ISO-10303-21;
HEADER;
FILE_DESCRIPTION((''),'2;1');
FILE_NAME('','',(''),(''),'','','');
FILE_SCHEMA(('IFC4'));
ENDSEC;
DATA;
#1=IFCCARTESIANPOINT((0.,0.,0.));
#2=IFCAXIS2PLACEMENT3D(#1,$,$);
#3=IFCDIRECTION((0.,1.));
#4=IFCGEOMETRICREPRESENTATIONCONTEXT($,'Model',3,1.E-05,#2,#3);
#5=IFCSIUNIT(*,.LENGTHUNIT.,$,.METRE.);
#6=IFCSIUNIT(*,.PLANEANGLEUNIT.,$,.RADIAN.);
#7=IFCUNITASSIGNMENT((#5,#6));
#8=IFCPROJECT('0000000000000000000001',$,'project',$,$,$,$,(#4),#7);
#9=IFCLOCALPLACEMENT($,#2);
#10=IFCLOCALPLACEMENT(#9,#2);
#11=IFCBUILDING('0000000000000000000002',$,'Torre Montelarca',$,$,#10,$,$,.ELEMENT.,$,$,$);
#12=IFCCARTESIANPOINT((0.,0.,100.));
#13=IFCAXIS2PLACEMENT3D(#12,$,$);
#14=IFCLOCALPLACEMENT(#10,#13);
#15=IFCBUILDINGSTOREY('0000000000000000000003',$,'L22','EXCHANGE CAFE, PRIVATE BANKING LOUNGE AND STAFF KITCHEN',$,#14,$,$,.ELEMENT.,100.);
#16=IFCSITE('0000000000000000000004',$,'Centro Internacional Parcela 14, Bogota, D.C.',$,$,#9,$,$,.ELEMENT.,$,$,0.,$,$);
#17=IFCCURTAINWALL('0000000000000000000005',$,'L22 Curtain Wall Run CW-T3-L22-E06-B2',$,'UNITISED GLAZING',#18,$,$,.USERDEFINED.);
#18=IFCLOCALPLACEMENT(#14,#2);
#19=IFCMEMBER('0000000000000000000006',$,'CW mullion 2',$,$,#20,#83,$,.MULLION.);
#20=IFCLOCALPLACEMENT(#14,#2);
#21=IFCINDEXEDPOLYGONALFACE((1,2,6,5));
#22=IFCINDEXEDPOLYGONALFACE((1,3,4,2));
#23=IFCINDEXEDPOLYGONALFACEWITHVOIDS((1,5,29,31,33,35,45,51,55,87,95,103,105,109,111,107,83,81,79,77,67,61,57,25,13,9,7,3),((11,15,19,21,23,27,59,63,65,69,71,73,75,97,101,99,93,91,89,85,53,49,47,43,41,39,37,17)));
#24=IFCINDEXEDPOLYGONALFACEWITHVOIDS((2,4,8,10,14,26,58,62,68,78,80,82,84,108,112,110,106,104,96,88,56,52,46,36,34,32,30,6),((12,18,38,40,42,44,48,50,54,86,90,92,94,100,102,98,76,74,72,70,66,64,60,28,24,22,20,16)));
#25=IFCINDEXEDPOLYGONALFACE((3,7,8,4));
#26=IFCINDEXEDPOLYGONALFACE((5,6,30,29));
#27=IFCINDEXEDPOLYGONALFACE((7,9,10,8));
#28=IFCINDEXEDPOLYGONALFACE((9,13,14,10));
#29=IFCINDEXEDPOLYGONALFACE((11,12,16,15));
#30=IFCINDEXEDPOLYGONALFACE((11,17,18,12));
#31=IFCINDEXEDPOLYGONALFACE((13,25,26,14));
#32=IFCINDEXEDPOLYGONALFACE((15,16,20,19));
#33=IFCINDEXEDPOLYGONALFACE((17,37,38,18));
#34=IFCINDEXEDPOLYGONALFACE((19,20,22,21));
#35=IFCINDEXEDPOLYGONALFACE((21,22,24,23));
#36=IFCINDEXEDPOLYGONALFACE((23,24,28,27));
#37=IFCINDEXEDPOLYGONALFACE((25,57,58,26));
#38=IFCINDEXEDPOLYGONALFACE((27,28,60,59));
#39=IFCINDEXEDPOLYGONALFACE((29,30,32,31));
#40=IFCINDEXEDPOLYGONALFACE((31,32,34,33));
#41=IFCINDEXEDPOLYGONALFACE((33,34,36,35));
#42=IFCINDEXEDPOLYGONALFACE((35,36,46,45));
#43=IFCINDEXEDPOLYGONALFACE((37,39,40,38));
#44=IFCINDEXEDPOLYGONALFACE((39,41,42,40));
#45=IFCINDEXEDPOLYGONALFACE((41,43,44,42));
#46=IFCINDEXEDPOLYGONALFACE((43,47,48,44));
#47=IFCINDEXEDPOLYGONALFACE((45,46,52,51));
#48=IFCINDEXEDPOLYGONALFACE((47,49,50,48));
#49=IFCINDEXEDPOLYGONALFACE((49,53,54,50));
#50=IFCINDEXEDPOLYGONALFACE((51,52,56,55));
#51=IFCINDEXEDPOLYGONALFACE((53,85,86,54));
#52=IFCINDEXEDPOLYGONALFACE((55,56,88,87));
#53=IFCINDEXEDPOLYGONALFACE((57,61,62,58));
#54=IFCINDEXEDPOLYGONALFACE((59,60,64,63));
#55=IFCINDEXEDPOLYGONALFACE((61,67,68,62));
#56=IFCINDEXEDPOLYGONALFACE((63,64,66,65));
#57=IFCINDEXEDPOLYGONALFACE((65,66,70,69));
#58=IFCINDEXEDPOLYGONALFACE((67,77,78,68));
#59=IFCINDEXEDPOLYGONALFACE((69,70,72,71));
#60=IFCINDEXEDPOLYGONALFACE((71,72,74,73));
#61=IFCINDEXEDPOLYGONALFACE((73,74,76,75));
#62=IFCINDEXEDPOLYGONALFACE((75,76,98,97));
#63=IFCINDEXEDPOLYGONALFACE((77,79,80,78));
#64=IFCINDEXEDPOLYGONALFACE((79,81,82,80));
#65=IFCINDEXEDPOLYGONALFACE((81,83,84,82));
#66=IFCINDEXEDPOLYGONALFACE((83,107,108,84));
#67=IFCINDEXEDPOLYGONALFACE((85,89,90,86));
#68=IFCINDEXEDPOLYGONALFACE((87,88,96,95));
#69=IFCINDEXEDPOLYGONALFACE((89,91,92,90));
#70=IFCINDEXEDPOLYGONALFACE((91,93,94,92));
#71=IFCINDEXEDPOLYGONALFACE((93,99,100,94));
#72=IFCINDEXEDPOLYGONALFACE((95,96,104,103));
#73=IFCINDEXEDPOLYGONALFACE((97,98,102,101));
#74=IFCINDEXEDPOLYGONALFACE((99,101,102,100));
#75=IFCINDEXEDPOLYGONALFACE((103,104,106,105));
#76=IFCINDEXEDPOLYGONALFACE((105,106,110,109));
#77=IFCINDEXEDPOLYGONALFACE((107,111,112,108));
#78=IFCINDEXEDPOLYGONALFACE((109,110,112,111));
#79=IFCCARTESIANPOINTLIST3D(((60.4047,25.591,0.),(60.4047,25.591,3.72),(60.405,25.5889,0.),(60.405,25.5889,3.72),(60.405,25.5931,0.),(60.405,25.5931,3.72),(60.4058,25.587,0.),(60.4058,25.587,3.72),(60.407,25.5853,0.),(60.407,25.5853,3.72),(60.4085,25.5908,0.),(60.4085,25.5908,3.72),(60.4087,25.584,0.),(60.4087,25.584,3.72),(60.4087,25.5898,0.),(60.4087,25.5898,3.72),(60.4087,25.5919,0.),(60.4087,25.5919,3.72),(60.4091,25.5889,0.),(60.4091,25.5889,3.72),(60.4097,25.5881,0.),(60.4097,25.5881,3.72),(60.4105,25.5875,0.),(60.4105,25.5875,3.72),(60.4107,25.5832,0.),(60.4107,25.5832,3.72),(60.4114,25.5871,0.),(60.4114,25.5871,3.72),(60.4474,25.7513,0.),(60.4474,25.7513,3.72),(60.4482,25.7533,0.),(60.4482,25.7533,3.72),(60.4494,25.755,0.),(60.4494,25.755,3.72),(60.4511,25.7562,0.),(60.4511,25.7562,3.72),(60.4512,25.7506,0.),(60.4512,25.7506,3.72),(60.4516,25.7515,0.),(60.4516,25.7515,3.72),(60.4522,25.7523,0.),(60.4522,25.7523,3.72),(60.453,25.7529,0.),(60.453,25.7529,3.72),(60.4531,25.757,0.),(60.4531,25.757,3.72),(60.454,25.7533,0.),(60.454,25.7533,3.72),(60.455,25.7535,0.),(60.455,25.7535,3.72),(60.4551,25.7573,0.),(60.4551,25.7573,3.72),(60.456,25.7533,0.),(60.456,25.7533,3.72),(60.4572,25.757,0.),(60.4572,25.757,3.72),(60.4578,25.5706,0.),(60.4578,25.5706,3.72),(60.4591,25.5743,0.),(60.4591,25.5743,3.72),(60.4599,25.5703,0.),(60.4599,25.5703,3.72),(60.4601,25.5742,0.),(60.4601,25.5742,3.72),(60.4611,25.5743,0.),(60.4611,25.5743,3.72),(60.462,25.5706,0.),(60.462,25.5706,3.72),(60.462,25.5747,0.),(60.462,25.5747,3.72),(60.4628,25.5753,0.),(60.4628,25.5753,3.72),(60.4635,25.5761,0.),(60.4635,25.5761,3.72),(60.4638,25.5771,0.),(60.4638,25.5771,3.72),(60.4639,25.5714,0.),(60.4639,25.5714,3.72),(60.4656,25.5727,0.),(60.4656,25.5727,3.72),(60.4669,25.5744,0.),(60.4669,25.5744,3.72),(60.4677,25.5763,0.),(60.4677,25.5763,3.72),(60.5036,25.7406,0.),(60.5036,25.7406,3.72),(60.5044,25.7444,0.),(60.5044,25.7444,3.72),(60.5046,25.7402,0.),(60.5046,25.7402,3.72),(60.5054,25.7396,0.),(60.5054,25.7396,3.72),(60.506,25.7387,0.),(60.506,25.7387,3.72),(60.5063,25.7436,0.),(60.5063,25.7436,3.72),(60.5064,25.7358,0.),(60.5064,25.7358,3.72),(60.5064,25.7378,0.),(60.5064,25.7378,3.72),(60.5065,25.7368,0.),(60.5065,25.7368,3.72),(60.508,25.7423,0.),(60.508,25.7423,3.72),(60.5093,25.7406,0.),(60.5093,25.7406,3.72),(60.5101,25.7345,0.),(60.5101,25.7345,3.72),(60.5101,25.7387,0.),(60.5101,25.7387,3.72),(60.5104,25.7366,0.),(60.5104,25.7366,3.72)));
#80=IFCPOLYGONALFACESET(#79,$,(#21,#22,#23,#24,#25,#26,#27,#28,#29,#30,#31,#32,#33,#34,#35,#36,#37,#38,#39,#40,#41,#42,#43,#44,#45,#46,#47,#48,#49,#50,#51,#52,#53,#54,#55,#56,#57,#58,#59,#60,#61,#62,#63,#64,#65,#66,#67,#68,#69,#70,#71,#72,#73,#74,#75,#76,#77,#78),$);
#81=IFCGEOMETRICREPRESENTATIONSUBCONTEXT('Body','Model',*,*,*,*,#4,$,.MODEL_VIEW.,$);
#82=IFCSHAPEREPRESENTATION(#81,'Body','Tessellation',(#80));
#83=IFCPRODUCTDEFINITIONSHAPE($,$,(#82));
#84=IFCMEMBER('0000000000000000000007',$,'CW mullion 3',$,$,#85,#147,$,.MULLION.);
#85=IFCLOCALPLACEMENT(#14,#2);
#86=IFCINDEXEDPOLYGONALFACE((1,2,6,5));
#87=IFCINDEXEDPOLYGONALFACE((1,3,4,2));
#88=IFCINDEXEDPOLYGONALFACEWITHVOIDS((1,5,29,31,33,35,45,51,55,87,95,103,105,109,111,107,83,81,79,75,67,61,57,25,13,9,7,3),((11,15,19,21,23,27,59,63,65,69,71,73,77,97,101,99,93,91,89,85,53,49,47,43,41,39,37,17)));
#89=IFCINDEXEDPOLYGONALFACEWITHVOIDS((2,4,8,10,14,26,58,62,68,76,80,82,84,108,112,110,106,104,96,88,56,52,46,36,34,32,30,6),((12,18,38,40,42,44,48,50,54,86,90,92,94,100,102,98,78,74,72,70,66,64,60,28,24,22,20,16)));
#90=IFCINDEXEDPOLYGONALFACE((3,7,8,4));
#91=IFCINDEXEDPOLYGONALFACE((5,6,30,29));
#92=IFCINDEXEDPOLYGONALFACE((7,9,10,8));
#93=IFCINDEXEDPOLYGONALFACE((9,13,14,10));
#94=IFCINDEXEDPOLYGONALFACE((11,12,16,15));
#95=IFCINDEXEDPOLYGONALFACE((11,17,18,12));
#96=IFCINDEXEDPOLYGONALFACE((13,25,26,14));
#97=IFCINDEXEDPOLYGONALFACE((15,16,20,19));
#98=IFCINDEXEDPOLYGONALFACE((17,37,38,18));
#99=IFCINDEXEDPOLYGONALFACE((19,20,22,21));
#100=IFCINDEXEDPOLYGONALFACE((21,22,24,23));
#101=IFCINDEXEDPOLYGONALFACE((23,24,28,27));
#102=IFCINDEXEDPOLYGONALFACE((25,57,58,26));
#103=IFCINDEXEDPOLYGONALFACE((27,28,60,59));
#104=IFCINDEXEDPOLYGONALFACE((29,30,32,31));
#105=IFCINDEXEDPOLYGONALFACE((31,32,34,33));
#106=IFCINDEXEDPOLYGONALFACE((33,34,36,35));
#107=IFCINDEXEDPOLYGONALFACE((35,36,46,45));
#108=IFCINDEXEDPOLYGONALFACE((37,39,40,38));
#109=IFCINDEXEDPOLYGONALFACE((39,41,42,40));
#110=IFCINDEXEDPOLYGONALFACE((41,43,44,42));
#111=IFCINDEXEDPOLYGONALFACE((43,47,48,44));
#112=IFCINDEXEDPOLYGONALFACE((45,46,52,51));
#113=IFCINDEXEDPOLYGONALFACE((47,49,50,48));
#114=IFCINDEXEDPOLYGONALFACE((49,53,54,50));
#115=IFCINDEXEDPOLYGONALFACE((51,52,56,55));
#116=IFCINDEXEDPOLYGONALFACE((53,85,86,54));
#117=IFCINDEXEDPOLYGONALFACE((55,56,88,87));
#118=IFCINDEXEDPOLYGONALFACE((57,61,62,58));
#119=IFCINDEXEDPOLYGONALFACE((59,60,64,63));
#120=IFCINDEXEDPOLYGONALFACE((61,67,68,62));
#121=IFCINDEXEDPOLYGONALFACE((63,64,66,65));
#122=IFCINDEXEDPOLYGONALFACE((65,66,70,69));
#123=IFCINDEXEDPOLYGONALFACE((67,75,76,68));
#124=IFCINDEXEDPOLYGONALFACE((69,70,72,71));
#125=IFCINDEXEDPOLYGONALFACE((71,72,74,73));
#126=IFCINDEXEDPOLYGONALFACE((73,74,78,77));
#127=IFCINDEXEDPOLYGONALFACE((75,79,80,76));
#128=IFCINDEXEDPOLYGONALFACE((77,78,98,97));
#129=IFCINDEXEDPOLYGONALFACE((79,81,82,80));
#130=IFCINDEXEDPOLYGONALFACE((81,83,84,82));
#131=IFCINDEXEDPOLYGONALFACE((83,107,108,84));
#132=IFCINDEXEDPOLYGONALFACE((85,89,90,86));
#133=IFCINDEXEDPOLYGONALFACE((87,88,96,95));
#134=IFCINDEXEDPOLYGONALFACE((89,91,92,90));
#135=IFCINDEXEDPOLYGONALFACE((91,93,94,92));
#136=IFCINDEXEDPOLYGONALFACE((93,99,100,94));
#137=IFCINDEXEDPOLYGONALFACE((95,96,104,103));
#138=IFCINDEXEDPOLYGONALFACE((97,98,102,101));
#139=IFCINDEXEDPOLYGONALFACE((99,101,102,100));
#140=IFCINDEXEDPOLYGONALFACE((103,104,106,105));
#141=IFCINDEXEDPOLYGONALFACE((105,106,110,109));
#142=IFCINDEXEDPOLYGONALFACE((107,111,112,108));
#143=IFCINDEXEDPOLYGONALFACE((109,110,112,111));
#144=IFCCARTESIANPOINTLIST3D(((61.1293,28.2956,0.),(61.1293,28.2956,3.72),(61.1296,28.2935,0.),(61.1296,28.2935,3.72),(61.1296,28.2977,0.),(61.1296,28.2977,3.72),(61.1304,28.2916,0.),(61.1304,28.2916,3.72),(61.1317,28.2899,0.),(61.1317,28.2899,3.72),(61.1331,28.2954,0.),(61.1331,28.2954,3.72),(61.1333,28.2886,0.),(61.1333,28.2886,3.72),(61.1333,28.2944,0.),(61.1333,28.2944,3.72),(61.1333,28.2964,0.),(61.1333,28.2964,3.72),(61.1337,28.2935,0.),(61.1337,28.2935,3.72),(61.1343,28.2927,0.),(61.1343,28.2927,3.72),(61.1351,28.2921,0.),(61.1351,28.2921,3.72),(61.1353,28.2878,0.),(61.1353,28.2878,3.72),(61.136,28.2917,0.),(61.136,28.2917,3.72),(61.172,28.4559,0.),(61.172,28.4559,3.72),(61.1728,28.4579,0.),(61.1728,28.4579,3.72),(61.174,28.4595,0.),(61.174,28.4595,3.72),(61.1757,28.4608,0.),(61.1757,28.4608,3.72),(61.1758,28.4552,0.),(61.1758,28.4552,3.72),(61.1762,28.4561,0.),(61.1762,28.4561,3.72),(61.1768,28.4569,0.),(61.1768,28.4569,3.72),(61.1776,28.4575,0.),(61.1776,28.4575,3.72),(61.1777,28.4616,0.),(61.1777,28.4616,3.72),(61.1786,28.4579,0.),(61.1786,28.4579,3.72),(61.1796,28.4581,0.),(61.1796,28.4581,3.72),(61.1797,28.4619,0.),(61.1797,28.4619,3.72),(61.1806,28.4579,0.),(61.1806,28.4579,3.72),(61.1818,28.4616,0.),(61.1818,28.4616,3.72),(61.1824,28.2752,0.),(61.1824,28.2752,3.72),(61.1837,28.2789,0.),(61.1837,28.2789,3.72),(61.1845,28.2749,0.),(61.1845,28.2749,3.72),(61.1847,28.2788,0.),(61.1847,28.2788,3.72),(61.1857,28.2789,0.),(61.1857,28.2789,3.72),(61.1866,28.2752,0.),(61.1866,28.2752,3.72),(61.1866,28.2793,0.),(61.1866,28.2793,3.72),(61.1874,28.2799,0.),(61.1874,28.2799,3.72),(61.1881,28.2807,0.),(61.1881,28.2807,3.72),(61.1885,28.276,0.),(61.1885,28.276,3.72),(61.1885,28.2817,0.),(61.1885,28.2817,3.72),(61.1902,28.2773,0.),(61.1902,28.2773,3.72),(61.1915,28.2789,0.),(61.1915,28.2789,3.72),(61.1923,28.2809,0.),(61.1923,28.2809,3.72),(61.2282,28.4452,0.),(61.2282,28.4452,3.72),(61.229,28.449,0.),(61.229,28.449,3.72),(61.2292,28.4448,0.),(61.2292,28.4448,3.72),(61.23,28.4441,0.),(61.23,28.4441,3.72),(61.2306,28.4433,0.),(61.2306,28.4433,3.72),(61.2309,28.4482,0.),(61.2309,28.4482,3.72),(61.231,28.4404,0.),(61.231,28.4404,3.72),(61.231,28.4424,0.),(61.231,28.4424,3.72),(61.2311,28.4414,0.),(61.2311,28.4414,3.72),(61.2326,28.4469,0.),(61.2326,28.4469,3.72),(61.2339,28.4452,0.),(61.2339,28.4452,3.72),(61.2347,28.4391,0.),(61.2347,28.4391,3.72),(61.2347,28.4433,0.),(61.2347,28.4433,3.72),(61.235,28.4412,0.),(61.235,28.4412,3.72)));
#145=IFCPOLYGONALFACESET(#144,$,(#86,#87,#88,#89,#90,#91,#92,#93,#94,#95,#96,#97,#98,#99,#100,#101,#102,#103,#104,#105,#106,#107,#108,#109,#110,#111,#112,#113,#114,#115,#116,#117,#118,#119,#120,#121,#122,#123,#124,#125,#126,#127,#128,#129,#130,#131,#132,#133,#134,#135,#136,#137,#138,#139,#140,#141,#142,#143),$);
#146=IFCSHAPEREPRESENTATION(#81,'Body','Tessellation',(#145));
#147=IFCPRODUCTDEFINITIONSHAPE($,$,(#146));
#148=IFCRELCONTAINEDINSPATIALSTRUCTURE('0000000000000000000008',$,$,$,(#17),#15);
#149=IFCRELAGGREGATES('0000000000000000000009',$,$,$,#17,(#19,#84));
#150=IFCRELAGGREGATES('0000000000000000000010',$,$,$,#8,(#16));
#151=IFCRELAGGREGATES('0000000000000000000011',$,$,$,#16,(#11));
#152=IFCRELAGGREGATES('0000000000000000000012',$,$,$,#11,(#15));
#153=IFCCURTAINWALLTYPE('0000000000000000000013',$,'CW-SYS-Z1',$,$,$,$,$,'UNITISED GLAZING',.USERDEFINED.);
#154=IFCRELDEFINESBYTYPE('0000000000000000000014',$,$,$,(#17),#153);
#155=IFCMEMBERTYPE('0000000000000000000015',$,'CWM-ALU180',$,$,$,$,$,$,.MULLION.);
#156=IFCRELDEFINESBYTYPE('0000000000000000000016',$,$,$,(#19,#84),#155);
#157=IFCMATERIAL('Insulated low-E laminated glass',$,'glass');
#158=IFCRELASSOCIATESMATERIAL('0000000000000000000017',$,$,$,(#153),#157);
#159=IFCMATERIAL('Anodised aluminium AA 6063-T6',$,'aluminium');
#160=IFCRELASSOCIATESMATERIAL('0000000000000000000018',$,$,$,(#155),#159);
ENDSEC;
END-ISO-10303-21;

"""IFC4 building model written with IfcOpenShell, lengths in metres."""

from ifc_helpers import new_model, si_unit, direction, frame, origin, origin_2d, place, context, subcontext, project, spatial, hollow_rectangle, extrude, source, transform, mapped, material, material_profile, profile_set, type_object, element, aggregate, save


model = new_model("IFC4")

# Units and contexts
model_context = context("Model", 3, precision=1e-05, world=origin(), true_north=direction((0.0, 1.0)))
body_context = subcontext(model_context, "Body", "Model", "MODEL_VIEW")
ifc_project = project(units=[si_unit("LENGTHUNIT", "METRE"), si_unit("PLANEANGLEUNIT", "RADIAN")], contexts=[model_context])

# Site, building, storey
site_placement = place(None, origin())
site = spatial("IfcSite", under=ifc_project, at=site_placement, Name="Centro Internacional Parcela 14, Bogota, D.C.", CompositionType="ELEMENT", RefElevation=0.0)
building_placement = place(site_placement, origin())
building = spatial("IfcBuilding", under=site, at=building_placement, Name="Torre Montelarca", CompositionType="ELEMENT")
storey_placement = place(building_placement, frame((0.0, 0.0, 100.0)))
storey = spatial("IfcBuildingStorey", under=building, at=storey_placement, Name="L22", Description="EXCHANGE CAFE, PRIVATE BANKING LOUNGE AND STAFF KITCHEN", CompositionType="ELEMENT", Elevation=100.0)

# Curtain wall, members
ifc_material_1 = material(Name="Insulated low-E laminated glass", Category="glass")
curtain_wall_type = type_object("IfcCurtainWallType", Name="CW-SYS-Z1", ElementType="UNITISED GLAZING", PredefinedType="USERDEFINED", material=ifc_material_1)
ifc_material_2 = material(Name="Anodised aluminium AA 6063-T6", Category="aluminium")
curtain_wall_1_placement = place(storey_placement, origin())
curtain_wall_1 = element("IfcCurtainWall", 1, at=curtain_wall_1_placement, inside=storey, type_object=curtain_wall_type, Name="L22 Curtain Wall Run CW-T3-L22-E06-B2", ObjectType="UNITISED GLAZING", PredefinedType="USERDEFINED")
ifc_material_profile_1 = material_profile(ifc_material_2, hollow_rectangle(XDim=0.0649, YDim=0.1799, WallThickness=0.0039, InnerFilletRadius=0.0039, OuterFilletRadius=0.0081, at=origin_2d()), Name="ALU65X180X4", Category="aluminium")
ifc_profile_set_1 = profile_set([ifc_material_profile_1], Name="Anodised aluminium AA 6063-T6")
member_type_1 = type_object("IfcMemberType", Name="CWM-ALU180", PredefinedType="MULLION", material=ifc_profile_set_1)
shared_shape_1 = source(origin(), body_context, "Body", "SweptSolid", [
    extrude(hollow_rectangle(XDim=0.0649, YDim=0.1799, WallThickness=0.0039, InnerFilletRadius=0.0039, OuterFilletRadius=0.0081, at=origin_2d()), origin(), (0.0, 0.0, 1.0), 3.72),
])
member_1_placement = place(storey_placement, frame((60.4575, 25.6638, 0.0), z_axis=(0.0, 0.0, 1.0), x_axis=(-0.965927, 0.258816, 0.0)))
member_1 = element("IfcMember", 2, at=member_1_placement, type_object=member_type_1, Name="CW mullion 2", PredefinedType="MULLION", context=body_context, shape_type="MappedRepresentation", body=[
    mapped(shared_shape_1, transform((0.0, 0.0, 0.0), scale=1.0)),
])
member_2_placement = place(storey_placement, frame((61.1821, 28.3684, 0.0), z_axis=(0.0, 0.0, 1.0), x_axis=(-0.965927, 0.258816, 0.0)))
member_2 = element("IfcMember", 3, at=member_2_placement, type_object=member_type_1, Name="CW mullion 3", PredefinedType="MULLION", context=body_context, shape_type="MappedRepresentation", body=[
    mapped(shared_shape_1, transform((0.0, 0.0, 0.0), scale=1.0)),
])

aggregate(curtain_wall_1, [member_1, member_2])

save(model, "model.ifc")
